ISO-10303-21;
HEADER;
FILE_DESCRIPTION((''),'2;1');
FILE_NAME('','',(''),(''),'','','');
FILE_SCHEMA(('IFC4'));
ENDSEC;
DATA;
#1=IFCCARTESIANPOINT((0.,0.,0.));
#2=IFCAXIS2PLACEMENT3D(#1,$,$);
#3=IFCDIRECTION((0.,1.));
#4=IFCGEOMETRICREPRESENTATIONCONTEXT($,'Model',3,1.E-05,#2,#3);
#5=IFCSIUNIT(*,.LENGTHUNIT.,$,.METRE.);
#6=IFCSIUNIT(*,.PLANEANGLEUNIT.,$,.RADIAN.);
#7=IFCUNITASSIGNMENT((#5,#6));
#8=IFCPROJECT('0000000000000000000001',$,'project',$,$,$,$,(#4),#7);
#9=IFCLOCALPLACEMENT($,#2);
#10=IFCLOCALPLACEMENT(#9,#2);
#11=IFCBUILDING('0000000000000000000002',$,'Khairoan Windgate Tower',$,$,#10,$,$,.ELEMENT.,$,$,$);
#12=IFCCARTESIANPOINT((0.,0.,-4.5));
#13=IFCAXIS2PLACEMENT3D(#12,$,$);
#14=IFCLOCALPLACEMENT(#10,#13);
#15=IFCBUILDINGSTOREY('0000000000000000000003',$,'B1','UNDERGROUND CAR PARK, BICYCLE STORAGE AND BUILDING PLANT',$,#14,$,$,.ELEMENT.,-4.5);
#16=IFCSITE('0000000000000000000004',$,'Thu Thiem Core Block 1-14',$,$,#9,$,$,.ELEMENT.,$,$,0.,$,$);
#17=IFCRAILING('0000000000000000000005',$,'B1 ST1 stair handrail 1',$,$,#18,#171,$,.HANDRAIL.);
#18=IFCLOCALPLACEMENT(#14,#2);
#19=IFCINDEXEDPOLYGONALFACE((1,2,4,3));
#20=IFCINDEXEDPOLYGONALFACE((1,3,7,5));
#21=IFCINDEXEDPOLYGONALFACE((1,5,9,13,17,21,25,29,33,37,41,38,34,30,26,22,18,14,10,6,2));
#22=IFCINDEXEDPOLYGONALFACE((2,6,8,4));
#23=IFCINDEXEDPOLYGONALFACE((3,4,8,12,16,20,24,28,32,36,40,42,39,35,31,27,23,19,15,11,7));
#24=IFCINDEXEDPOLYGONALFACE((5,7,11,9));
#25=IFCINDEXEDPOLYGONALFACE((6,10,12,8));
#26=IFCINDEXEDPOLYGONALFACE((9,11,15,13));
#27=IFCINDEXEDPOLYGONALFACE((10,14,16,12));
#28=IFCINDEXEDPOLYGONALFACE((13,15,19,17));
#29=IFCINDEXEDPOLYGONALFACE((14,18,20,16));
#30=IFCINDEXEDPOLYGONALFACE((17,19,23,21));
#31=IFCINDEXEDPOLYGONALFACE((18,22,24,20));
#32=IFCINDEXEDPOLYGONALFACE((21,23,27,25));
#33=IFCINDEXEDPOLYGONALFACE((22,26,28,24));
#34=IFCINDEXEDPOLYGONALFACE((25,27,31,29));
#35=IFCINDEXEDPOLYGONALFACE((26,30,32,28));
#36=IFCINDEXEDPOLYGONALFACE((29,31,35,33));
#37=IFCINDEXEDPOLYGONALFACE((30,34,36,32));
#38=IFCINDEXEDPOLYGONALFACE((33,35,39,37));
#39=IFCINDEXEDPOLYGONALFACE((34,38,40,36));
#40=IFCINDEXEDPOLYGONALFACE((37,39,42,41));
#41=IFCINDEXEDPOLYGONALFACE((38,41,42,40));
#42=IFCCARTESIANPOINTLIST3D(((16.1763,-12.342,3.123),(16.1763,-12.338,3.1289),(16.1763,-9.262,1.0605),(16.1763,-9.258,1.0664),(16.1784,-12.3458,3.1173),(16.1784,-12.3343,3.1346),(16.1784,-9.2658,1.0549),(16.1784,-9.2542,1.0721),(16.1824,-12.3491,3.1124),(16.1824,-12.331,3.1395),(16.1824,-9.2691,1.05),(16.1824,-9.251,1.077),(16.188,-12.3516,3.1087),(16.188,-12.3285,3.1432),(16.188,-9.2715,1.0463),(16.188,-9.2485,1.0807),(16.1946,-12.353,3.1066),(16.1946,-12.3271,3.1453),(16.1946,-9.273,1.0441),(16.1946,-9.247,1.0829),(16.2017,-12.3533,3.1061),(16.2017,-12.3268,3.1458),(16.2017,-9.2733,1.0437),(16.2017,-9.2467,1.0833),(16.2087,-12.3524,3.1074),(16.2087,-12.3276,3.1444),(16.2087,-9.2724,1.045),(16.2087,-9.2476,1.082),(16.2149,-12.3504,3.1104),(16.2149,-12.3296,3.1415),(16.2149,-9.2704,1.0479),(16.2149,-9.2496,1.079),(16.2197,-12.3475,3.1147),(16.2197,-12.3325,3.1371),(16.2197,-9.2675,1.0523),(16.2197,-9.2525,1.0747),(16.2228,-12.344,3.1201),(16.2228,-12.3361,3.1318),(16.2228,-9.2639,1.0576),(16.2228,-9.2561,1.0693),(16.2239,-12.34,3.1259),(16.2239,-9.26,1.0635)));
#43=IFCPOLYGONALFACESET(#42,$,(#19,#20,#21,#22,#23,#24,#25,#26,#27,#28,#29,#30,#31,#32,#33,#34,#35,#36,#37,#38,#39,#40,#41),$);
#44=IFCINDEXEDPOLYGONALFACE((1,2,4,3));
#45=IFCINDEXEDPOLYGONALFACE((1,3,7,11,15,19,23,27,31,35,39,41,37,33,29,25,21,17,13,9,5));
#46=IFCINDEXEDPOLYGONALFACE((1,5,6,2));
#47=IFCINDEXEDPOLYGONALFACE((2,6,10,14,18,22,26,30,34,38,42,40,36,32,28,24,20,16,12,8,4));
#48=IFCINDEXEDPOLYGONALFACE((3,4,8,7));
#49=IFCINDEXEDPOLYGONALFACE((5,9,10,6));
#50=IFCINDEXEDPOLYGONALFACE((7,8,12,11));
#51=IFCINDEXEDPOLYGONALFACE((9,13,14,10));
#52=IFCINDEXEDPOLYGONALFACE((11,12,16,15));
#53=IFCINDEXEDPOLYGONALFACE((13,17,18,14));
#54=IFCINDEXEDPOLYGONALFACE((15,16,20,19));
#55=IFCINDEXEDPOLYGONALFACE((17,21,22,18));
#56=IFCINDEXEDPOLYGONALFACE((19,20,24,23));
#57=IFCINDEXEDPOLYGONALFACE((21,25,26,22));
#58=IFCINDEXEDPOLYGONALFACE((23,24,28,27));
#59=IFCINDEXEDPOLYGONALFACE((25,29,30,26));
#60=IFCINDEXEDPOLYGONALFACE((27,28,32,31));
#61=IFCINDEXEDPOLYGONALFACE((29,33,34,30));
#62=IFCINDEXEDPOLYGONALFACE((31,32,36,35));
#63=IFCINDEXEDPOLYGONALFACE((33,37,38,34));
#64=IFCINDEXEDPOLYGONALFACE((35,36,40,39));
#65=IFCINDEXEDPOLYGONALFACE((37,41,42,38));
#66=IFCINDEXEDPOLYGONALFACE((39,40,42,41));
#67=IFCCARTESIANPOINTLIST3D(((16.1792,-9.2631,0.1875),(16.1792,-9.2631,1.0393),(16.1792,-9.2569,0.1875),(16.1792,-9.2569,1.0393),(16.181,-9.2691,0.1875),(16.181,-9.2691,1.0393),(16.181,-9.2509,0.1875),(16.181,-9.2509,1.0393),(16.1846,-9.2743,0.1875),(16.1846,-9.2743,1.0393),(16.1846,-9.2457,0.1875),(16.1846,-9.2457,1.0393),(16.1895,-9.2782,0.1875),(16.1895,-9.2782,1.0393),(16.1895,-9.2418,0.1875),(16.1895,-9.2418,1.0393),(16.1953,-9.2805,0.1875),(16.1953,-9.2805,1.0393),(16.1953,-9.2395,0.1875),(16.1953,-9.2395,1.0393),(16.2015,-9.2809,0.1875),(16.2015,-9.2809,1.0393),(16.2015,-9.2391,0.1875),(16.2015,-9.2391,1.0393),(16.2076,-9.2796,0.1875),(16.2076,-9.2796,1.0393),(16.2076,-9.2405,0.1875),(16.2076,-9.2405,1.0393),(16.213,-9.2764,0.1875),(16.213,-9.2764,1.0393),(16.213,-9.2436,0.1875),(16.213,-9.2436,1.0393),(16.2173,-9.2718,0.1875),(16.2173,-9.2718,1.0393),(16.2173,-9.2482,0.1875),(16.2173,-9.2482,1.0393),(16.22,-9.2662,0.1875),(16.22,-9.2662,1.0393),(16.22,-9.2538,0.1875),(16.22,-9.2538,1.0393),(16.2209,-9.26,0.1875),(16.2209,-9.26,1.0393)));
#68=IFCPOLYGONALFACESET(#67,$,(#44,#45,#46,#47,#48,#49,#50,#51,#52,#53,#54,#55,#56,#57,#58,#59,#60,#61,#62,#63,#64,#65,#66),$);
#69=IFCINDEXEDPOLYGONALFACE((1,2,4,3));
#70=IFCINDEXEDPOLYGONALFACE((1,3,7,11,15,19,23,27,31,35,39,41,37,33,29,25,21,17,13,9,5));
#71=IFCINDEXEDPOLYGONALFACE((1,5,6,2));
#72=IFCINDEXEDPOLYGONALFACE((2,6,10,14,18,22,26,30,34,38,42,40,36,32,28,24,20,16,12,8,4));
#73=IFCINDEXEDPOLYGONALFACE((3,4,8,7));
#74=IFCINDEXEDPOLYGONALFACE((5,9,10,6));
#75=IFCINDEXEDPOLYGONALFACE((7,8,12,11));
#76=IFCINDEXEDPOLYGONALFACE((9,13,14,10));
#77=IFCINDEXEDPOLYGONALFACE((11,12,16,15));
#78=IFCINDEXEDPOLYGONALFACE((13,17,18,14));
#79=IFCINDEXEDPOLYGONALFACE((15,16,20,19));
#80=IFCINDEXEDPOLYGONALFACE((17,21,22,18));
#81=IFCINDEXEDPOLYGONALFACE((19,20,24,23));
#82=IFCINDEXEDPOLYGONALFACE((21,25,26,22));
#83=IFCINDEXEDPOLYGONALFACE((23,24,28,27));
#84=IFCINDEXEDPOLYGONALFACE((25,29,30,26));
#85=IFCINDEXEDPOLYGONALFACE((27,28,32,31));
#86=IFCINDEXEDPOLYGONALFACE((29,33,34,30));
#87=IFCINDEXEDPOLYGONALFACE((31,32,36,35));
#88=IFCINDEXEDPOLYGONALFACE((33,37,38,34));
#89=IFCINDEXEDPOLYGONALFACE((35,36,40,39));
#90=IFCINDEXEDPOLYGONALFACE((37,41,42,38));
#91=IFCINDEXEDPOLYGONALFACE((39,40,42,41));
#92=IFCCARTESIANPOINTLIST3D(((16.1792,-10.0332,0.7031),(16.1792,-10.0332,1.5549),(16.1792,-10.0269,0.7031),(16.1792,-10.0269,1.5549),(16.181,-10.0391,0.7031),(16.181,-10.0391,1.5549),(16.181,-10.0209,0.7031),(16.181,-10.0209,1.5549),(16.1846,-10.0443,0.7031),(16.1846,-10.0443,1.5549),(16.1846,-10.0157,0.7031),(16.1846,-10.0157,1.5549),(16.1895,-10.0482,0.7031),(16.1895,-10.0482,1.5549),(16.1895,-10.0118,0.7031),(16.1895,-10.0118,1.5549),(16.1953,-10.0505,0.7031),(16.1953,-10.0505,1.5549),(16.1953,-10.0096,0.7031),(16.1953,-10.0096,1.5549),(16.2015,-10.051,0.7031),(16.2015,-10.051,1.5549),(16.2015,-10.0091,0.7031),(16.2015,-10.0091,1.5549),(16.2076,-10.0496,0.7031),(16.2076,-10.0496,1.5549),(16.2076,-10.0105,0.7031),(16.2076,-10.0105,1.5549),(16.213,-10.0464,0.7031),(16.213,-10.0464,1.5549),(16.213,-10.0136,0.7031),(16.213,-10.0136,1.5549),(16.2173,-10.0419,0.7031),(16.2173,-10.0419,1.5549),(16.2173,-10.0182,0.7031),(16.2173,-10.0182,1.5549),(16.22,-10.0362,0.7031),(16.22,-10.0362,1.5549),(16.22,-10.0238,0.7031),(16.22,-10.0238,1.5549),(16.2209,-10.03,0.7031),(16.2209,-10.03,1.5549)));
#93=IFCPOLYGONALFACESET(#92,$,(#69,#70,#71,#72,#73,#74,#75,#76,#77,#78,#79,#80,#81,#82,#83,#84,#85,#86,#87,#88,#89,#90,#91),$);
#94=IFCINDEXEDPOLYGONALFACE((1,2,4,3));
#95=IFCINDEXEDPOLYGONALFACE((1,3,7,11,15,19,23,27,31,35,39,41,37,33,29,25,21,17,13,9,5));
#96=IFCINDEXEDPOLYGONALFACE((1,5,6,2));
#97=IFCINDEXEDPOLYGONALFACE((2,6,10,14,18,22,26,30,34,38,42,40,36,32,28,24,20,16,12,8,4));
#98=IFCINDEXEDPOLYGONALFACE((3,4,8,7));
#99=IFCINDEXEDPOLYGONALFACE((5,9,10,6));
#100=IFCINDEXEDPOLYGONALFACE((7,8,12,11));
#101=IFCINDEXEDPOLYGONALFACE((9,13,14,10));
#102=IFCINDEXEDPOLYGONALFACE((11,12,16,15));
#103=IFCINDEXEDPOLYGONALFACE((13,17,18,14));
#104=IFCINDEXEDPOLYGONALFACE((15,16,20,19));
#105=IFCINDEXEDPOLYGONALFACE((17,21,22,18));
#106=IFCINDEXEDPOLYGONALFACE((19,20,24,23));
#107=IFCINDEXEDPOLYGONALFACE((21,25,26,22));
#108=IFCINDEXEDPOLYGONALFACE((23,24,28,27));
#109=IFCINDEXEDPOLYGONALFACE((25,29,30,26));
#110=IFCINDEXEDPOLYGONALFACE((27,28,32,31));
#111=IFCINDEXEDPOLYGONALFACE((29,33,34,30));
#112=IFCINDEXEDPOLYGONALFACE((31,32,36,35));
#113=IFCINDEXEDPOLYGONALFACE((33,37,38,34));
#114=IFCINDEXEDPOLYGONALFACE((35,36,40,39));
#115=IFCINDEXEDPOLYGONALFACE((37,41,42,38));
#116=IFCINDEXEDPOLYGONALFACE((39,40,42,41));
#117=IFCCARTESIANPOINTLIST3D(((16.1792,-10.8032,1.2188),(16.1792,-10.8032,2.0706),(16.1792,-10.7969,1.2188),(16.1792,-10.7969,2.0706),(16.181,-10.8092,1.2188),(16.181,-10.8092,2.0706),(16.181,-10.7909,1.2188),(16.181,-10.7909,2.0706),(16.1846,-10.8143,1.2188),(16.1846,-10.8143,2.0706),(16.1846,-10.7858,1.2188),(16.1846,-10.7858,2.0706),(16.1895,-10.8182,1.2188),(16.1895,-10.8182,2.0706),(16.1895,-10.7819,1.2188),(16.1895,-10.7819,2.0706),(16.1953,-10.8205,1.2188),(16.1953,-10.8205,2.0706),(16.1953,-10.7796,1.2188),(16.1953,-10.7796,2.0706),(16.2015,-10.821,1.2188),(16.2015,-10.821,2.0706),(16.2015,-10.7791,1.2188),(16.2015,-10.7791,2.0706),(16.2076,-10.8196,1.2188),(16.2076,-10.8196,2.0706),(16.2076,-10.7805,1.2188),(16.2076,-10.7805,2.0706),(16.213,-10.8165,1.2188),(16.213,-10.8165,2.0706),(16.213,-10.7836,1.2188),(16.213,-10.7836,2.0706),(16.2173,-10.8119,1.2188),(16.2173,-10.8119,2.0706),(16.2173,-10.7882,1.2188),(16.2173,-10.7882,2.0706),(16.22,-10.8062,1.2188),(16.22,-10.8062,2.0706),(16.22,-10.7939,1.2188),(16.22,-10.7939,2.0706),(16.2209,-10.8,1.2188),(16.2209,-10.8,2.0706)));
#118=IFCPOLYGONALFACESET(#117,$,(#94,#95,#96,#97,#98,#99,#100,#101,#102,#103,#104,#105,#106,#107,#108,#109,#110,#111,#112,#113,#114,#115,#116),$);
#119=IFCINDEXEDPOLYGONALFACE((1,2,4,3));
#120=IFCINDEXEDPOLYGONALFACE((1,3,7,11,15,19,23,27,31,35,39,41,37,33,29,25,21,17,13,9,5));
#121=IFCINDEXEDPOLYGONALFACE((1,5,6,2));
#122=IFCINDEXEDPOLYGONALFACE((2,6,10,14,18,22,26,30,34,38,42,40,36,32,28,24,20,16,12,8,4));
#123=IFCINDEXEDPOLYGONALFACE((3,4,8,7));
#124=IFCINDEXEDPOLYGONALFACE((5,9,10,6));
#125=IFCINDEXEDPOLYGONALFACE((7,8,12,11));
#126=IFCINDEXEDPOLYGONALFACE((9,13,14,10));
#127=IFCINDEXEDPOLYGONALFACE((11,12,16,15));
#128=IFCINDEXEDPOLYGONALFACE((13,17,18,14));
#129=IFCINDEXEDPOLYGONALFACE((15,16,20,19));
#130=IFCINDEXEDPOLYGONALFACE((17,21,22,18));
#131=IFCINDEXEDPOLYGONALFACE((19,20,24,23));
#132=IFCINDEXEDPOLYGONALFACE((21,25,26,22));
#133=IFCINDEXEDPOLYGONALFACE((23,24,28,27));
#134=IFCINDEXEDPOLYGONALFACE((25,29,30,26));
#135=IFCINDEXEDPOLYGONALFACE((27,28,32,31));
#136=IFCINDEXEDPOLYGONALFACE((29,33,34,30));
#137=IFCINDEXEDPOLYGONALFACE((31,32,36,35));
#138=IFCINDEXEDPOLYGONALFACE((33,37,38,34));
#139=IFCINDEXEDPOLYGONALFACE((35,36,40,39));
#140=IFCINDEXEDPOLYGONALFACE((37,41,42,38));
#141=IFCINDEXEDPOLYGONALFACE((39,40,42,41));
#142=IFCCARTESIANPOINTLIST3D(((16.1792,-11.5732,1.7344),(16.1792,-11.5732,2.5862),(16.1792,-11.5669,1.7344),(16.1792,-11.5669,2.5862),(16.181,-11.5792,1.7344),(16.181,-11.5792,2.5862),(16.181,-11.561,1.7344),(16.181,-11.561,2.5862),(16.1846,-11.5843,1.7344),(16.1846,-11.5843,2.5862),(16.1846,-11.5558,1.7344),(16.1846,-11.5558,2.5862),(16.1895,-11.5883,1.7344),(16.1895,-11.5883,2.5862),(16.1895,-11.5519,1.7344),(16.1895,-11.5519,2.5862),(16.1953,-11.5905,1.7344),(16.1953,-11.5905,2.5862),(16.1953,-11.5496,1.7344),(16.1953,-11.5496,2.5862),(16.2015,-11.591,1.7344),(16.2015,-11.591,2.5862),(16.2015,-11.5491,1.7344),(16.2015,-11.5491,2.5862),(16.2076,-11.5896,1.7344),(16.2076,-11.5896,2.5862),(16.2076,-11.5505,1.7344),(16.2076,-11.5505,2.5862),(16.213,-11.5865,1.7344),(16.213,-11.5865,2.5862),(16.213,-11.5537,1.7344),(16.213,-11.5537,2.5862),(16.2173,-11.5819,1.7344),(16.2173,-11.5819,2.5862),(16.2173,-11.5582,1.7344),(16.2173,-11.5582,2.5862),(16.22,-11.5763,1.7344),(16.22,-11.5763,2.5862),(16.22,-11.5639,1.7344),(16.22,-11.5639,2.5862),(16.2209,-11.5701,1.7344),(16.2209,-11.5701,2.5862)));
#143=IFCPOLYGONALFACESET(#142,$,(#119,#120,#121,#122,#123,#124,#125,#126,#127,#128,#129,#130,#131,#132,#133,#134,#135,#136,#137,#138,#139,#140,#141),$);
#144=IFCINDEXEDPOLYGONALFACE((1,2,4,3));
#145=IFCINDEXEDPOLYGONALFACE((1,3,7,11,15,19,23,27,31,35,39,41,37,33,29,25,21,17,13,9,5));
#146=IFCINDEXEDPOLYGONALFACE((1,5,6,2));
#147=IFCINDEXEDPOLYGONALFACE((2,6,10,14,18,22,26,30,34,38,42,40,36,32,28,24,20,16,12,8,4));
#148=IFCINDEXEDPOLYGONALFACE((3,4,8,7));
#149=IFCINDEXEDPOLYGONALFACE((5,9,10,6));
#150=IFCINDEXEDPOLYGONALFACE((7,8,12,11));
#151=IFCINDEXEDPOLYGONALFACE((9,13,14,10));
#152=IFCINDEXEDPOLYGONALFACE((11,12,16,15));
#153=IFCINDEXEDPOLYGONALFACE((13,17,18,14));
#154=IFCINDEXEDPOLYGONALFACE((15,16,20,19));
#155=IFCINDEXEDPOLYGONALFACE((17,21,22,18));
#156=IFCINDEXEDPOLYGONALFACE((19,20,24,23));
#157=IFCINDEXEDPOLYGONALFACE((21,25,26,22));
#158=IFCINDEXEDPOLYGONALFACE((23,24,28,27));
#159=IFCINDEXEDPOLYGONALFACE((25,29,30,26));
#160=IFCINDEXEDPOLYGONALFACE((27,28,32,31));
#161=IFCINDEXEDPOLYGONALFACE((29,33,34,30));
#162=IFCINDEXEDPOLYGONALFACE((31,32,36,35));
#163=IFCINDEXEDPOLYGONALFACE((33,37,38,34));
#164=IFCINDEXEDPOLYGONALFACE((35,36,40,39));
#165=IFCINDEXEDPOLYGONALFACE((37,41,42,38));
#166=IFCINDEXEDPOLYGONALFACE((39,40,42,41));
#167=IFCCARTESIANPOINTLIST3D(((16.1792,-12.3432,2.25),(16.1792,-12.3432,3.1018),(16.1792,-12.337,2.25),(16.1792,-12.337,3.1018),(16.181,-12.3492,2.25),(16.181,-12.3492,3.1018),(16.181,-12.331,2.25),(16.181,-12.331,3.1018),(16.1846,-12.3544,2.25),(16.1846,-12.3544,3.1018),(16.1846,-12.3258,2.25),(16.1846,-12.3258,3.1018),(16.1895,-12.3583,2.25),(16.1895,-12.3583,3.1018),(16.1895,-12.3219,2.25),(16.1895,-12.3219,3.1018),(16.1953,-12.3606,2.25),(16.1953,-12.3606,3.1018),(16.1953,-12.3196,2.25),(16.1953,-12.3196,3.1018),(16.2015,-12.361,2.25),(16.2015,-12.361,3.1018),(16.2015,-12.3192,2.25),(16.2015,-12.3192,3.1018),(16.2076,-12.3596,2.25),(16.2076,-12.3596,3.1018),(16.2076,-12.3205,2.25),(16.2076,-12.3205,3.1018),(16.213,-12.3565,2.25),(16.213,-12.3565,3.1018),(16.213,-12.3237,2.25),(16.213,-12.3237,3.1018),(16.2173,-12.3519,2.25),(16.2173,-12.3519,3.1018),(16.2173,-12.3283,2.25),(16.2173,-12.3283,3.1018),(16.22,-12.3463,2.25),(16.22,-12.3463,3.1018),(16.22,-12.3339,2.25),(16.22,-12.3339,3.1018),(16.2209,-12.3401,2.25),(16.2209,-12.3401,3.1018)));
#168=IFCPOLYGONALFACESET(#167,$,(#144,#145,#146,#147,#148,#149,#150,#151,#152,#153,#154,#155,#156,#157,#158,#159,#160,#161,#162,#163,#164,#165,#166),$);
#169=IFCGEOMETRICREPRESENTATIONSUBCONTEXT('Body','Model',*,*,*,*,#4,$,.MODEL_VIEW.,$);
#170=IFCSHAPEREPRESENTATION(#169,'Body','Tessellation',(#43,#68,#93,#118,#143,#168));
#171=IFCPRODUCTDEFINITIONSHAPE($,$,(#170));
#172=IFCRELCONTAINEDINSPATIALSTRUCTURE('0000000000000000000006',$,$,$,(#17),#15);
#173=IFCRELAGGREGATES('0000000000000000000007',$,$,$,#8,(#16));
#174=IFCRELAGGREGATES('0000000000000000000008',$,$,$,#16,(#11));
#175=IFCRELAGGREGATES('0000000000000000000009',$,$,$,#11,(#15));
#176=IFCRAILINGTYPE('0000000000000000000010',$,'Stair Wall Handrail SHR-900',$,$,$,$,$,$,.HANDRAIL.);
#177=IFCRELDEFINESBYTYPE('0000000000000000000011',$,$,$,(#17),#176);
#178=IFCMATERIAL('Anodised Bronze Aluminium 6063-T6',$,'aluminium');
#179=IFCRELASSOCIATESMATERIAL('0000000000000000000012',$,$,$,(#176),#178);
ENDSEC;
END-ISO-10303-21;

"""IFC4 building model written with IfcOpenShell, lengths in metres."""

from ifc_helpers import new_model, si_unit, direction, frame, origin, origin_2d, place, context, subcontext, project, spatial, circle, extrude, material, type_object, element, save


model = new_model("IFC4")

# Units and contexts
model_context = context("Model", 3, precision=1e-05, world=origin(), true_north=direction((0.0, 1.0)))
body_context = subcontext(model_context, "Body", "Model", "MODEL_VIEW")
ifc_project = project(units=[si_unit("LENGTHUNIT", "METRE"), si_unit("PLANEANGLEUNIT", "RADIAN")], contexts=[model_context])

# Site, building, storey
site_placement = place(None, origin())
site = spatial("IfcSite", under=ifc_project, at=site_placement, Name="Thu Thiem Core Block 1-14", CompositionType="ELEMENT", RefElevation=0.0)
building_placement = place(site_placement, origin())
building = spatial("IfcBuilding", under=site, at=building_placement, Name="Khairoan Windgate Tower", CompositionType="ELEMENT")
storey_placement = place(building_placement, frame((0.0, 0.0, -4.5)))
storey = spatial("IfcBuildingStorey", under=building, at=storey_placement, Name="B1", Description="UNDERGROUND CAR PARK, BICYCLE STORAGE AND BUILDING PLANT", CompositionType="ELEMENT", Elevation=-4.5)

# Railing
ifc_material_1 = material(Name="Anodised Bronze Aluminium 6063-T6", Category="aluminium")
railing_type_1 = type_object("IfcRailingType", Name="Stair Wall Handrail SHR-900", PredefinedType="HANDRAIL", material=ifc_material_1)
railing_1_placement = place(storey_placement, frame((16.2, -9.26, 0.1875)))
element("IfcRailing", 1, at=railing_1_placement, inside=storey, type_object=railing_type_1, Name="B1 ST1 stair handrail 1", PredefinedType="HANDRAIL", context=body_context, shape_type="SweptSolid", body=[
    extrude(circle(Radius=0.0239, at=origin_2d()), frame((0.0, 0.0, 0.876), z_axis=(0.0, -0.830914, 0.556401), x_axis=(1.0, 0.0, 0.0)), (0.0, 0.0, 1.0), 3.7068),
    extrude(circle(Radius=0.021, at=origin_2d()), origin(), (0.0, 0.0, 1.0), 0.8518),
    extrude(circle(Radius=0.021, at=origin_2d()), frame((0.0, -0.77, 0.5156)), (0.0, 0.0, 1.0), 0.8518),
    extrude(circle(Radius=0.021, at=origin_2d()), frame((0.0, -1.54, 1.0312)), (0.0, 0.0, 1.0), 0.8518),
    extrude(circle(Radius=0.021, at=origin_2d()), frame((0.0, -2.3101, 1.5469)), (0.0, 0.0, 1.0), 0.8518),
    extrude(circle(Radius=0.021, at=origin_2d()), frame((0.0, -3.0801, 2.0625)), (0.0, 0.0, 1.0), 0.8518),
])

save(model, "model.ifc")
